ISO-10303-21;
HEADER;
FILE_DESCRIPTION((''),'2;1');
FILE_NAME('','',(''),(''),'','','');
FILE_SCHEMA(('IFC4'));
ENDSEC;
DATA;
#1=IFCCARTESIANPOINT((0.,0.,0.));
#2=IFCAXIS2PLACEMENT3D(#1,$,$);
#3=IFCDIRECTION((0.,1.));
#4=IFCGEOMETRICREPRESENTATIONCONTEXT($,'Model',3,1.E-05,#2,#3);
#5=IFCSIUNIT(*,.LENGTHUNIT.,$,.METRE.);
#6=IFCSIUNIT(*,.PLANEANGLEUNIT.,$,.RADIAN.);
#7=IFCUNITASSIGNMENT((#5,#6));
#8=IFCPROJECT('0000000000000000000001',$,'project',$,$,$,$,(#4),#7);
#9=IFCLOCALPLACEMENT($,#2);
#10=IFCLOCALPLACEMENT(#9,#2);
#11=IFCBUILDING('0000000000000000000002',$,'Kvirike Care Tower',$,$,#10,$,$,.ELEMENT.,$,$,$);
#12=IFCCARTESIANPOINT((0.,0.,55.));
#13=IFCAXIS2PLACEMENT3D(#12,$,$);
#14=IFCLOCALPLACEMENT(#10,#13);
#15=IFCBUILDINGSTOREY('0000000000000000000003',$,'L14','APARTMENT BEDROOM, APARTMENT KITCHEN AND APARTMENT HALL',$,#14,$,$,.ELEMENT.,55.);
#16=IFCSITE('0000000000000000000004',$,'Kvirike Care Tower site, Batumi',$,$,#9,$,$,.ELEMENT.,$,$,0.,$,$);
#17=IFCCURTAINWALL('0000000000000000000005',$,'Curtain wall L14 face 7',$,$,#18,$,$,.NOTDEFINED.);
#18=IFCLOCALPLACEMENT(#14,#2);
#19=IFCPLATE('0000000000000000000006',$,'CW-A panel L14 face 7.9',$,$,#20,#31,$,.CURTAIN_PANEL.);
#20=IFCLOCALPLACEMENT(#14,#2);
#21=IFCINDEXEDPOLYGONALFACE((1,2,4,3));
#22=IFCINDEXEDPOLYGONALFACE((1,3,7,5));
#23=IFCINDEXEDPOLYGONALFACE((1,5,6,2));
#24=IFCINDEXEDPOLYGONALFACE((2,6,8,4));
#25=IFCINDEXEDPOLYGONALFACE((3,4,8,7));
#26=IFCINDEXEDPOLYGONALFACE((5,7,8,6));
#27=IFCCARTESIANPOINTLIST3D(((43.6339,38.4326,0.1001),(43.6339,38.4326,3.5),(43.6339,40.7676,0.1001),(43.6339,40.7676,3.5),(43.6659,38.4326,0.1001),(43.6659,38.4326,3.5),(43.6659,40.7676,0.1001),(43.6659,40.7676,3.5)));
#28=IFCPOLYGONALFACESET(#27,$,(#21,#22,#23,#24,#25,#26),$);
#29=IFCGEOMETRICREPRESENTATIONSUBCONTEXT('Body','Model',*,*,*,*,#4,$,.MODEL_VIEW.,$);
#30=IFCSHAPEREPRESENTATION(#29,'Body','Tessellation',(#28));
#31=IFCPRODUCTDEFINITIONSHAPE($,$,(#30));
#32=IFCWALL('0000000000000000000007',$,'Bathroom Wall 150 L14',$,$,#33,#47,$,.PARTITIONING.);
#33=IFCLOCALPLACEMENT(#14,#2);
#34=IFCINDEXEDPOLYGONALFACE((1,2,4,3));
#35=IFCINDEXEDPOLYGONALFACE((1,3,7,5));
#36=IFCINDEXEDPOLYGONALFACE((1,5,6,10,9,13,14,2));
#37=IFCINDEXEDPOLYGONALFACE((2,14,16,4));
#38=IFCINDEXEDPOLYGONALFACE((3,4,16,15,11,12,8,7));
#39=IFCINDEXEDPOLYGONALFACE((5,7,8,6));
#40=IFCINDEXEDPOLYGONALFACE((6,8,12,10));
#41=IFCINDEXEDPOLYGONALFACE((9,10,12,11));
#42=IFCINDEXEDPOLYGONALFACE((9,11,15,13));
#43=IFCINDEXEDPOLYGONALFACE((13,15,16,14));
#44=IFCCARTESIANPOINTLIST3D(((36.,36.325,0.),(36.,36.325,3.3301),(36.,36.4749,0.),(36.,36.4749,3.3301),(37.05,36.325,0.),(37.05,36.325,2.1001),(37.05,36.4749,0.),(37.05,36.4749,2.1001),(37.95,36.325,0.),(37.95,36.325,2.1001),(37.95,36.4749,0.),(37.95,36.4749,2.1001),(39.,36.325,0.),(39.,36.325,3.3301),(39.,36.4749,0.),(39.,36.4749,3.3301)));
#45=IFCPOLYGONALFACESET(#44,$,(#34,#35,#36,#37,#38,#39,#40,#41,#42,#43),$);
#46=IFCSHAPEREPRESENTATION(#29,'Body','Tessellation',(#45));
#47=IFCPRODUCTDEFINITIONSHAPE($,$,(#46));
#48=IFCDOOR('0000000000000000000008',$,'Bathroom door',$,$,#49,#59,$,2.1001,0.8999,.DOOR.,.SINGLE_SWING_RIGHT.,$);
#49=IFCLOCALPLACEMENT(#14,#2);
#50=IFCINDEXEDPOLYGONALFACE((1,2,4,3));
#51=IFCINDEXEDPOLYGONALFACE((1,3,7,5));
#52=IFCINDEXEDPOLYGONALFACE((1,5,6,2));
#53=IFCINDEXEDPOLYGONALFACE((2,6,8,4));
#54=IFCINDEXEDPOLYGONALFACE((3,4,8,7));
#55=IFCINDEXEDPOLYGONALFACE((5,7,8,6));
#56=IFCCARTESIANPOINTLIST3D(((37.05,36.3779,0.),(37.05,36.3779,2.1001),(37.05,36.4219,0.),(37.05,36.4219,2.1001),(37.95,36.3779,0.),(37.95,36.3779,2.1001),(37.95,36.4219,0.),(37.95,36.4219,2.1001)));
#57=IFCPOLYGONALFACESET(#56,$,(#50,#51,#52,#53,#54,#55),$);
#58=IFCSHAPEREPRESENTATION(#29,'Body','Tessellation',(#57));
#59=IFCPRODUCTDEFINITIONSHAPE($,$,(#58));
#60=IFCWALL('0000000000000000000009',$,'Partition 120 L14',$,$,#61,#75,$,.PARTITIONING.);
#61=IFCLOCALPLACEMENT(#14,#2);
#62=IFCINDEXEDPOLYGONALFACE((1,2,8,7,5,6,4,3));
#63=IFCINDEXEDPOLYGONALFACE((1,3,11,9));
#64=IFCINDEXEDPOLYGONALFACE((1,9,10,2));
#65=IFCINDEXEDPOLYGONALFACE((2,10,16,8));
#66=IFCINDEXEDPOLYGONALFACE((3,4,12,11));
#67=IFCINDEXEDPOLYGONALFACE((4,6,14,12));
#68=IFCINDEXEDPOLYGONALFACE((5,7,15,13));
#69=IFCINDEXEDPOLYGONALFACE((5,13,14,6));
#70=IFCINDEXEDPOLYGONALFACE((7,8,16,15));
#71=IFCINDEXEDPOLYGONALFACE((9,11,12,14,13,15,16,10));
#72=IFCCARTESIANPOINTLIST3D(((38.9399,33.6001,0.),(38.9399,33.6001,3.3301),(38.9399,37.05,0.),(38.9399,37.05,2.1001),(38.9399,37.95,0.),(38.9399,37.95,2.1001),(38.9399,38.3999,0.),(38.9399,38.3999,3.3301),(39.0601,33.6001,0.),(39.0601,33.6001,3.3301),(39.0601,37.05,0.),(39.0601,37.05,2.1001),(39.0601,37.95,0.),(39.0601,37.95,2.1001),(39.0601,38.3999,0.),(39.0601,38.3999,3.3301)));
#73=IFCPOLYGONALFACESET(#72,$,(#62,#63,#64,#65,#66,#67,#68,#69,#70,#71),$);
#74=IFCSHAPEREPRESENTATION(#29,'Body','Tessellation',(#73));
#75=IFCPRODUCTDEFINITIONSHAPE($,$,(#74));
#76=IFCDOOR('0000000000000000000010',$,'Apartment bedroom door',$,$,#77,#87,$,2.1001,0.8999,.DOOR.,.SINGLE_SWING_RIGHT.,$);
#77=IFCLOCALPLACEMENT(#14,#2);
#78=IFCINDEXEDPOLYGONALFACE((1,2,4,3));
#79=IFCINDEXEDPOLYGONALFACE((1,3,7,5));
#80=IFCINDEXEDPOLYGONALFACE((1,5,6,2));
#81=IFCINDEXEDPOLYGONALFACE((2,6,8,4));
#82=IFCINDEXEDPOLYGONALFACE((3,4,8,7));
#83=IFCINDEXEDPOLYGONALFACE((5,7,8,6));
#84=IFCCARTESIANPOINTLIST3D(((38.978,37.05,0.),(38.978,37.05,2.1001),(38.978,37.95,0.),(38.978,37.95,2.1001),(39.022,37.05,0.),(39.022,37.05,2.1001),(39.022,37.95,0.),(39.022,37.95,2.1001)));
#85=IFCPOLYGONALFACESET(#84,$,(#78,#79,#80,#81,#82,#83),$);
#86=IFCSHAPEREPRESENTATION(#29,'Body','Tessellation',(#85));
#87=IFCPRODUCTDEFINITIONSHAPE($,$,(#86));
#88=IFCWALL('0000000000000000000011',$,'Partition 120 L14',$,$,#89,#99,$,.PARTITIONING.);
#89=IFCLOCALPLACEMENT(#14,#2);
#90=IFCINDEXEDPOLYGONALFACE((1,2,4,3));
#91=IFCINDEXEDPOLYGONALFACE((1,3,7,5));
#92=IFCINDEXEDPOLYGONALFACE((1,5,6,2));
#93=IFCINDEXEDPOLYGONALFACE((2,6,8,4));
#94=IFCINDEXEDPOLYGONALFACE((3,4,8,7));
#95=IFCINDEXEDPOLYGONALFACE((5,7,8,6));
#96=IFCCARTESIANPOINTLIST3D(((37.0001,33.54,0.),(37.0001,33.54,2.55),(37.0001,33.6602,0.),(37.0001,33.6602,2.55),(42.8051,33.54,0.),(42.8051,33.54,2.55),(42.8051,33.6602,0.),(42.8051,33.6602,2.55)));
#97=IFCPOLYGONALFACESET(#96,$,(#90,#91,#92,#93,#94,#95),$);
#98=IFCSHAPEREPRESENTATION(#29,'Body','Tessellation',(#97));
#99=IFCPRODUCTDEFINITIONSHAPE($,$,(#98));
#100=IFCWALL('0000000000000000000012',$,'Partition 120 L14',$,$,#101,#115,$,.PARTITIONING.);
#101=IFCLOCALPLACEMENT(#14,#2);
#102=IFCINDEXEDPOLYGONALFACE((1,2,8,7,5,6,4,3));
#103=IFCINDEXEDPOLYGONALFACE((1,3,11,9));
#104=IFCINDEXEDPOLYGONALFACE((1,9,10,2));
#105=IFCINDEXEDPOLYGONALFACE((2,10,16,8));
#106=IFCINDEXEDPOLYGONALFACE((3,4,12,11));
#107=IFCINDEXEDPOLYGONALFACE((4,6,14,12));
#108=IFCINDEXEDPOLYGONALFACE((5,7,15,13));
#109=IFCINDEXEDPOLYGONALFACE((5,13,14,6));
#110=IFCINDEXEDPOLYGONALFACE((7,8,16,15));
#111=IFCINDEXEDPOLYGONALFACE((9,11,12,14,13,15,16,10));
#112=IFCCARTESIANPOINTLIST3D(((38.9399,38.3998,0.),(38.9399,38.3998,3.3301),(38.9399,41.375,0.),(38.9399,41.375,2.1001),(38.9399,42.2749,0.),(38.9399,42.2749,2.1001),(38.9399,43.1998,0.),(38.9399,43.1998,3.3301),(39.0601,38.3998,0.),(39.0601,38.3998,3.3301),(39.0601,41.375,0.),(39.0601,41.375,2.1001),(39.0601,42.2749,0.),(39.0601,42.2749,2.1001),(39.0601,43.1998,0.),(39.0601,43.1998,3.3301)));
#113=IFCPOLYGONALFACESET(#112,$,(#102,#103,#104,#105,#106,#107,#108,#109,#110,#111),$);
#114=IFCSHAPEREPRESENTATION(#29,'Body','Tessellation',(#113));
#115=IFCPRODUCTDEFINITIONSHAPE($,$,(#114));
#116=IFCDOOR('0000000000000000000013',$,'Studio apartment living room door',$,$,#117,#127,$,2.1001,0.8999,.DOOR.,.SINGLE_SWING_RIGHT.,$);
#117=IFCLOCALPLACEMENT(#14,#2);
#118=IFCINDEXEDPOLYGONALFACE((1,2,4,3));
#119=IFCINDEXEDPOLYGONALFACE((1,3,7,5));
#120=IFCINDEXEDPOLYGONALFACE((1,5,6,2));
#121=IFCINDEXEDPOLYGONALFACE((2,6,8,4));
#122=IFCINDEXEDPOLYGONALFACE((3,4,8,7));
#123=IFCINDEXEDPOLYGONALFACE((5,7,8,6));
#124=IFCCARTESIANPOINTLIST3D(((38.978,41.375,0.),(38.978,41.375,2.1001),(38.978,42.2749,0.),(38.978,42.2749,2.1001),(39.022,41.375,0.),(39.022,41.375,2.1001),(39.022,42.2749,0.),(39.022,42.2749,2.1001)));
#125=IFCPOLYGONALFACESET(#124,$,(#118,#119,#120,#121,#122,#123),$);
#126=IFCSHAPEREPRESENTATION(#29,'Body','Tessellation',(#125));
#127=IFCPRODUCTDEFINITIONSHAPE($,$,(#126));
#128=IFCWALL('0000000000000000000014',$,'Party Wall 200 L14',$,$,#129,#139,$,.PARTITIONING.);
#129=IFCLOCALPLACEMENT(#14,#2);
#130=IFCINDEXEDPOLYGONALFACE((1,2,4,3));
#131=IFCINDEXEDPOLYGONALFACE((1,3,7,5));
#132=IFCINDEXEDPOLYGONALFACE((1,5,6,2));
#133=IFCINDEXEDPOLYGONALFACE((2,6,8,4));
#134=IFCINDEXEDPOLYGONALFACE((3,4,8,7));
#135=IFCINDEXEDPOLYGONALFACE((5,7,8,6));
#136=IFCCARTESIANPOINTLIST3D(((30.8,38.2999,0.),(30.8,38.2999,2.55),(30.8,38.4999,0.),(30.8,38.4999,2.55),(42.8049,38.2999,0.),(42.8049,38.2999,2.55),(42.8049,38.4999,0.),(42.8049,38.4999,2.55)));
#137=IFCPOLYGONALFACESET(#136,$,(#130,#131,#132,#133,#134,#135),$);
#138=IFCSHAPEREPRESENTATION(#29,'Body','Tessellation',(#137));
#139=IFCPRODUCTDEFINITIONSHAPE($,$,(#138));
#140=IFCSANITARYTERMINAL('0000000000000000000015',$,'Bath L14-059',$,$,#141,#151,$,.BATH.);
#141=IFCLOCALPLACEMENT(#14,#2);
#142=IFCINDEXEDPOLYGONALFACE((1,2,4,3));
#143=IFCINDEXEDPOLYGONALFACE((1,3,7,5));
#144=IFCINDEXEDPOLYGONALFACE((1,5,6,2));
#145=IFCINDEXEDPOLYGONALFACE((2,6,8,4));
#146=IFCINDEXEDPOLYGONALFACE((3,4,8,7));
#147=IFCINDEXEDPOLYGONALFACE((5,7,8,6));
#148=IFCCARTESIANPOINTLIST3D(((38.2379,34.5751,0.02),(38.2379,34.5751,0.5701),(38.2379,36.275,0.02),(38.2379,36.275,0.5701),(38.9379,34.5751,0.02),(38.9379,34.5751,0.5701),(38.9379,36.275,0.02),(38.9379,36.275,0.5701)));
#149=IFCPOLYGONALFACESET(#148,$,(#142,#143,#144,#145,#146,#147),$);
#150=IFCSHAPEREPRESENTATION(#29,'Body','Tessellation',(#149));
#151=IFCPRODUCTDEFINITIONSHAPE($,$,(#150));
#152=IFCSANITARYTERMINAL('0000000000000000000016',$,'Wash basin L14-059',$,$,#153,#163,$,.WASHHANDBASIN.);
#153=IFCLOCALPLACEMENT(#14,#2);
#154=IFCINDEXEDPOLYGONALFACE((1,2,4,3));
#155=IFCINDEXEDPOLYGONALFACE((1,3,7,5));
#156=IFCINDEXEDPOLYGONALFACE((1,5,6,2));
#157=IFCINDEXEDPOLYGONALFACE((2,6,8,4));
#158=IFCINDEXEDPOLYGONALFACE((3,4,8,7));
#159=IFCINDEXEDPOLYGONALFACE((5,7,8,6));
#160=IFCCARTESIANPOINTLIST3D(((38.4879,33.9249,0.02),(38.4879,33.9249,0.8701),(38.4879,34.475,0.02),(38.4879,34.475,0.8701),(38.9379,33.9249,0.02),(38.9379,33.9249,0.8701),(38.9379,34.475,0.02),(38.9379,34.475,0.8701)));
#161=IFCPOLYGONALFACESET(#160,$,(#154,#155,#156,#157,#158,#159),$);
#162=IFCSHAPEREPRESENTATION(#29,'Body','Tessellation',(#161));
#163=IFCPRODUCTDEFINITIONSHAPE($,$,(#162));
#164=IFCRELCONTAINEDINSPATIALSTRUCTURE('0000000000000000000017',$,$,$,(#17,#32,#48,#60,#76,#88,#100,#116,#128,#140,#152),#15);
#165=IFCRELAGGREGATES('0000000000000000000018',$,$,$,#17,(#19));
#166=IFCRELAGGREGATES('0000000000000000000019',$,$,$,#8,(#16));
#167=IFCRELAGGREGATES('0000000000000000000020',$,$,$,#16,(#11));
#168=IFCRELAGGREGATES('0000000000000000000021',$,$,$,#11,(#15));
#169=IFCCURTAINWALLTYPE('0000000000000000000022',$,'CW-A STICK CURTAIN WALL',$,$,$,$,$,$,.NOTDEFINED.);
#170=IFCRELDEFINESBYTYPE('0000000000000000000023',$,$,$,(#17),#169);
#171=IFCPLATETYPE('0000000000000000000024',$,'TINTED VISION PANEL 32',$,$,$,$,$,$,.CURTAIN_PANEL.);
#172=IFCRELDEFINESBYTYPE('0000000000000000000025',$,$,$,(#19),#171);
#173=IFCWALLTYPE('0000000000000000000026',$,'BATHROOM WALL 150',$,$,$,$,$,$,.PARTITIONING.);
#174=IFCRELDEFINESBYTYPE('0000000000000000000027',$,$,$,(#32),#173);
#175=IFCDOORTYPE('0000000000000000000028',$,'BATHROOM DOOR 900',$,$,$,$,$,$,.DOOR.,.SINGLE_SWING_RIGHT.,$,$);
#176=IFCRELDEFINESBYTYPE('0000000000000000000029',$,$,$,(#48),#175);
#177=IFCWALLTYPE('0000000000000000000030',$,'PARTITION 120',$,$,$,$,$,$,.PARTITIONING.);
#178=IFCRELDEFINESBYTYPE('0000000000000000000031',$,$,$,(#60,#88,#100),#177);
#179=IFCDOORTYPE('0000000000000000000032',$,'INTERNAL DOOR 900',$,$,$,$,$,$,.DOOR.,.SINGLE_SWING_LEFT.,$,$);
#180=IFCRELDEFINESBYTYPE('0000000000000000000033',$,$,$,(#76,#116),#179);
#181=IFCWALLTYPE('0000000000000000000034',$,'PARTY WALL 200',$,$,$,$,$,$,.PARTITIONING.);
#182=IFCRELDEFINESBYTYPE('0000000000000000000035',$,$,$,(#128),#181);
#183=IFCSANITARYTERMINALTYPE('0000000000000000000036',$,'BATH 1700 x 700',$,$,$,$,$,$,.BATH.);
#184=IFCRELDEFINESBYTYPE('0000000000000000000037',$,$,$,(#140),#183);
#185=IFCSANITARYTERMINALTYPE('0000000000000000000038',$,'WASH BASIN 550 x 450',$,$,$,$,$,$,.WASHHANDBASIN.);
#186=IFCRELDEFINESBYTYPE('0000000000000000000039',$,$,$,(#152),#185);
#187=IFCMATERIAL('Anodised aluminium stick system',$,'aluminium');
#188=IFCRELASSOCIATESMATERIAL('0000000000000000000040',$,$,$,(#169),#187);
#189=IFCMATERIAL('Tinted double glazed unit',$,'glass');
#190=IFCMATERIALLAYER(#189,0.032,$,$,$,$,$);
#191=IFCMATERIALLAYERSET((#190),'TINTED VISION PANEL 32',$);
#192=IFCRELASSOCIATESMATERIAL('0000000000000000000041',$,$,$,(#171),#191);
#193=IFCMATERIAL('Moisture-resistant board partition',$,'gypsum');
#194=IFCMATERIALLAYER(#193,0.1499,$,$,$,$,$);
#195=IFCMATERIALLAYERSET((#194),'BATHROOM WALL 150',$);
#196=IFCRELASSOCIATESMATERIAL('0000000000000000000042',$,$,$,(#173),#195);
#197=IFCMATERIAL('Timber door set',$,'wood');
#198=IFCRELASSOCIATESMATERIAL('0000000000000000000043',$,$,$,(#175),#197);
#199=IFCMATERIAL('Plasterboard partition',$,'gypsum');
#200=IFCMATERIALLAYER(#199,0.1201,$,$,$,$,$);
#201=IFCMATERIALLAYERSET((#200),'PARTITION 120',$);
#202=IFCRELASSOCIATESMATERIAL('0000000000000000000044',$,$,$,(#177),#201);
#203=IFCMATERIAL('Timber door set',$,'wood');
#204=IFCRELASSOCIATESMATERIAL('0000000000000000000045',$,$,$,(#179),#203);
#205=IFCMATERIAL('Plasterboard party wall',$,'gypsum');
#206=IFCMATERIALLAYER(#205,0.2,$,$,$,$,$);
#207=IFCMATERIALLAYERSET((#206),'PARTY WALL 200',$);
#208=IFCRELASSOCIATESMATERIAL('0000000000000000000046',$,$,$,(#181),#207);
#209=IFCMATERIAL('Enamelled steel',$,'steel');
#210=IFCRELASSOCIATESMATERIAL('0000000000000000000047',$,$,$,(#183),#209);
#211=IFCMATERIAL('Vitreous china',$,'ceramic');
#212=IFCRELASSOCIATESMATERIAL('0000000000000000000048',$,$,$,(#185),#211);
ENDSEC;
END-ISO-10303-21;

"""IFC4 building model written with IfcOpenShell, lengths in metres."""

from ifc_helpers import new_model, si_unit, direction, frame, frame_2d, origin, origin_2d, place, context, subcontext, project, spatial, rectangle, extrude, material, layer, layer_set, type_object, element, fill, aggregate, save


model = new_model("IFC4")

# Units and contexts
model_context = context("Model", 3, precision=1e-05, world=origin(), true_north=direction((0.0, 1.0)))
body_context = subcontext(model_context, "Body", "Model", "MODEL_VIEW")
ifc_project = project(units=[si_unit("LENGTHUNIT", "METRE"), si_unit("PLANEANGLEUNIT", "RADIAN")], contexts=[model_context])

# Site, building, storey
site_placement = place(None, origin())
site = spatial("IfcSite", under=ifc_project, at=site_placement, Name="Kvirike Care Tower site, Batumi", CompositionType="ELEMENT", RefElevation=0.0)
building_placement = place(site_placement, origin())
building = spatial("IfcBuilding", under=site, at=building_placement, Name="Kvirike Care Tower", CompositionType="ELEMENT")
storey_placement = place(building_placement, frame((0.0, 0.0, 55.0)))
storey = spatial("IfcBuildingStorey", under=building, at=storey_placement, Name="L14", Description="APARTMENT BEDROOM, APARTMENT KITCHEN AND APARTMENT HALL", CompositionType="ELEMENT", Elevation=55.0)

# Curtain wall
ifc_material_1 = material(Name="Anodised aluminium stick system", Category="aluminium")
curtain_wall_type = type_object("IfcCurtainWallType", Name="CW-A STICK CURTAIN WALL", PredefinedType="NOTDEFINED", material=ifc_material_1)
curtain_wall_placement = place(storey_placement, origin())
curtain_wall = element("IfcCurtainWall", 1, at=curtain_wall_placement, inside=storey, type_object=curtain_wall_type, Name="Curtain wall L14 face 7", PredefinedType="NOTDEFINED")

# Plate
ifc_material_2 = material(Name="Tinted double glazed unit", Category="glass")
ifc_layer_1 = layer(ifc_material_2, 0.032)
ifc_layer_set_1 = layer_set([ifc_layer_1], Name="TINTED VISION PANEL 32")
plate_type = type_object("IfcPlateType", Name="TINTED VISION PANEL 32", PredefinedType="CURTAIN_PANEL", material=ifc_layer_set_1)
plate_1_placement = place(storey_placement, frame((43.6499, 39.6001, 0.1001), z_axis=(0.0, 0.0, 1.0), x_axis=(0.0, 1.0, 0.0)))
plate_1 = element("IfcPlate", 2, at=plate_1_placement, type_object=plate_type, Name="CW-A panel L14 face 7.9", PredefinedType="CURTAIN_PANEL", context=body_context, shape_type="SweptSolid", body=[
    extrude(rectangle(XDim=2.335, YDim=0.032, at=origin_2d()), origin(), (0.0, 0.0, 1.0), 3.3999),
])
aggregate(curtain_wall, [plate_1])

# Walls, openings, doors
ifc_material_3 = material(Name="Moisture-resistant board partition", Category="gypsum")
ifc_layer_2 = layer(ifc_material_3, 0.1499)
ifc_layer_set_2 = layer_set([ifc_layer_2], Name="BATHROOM WALL 150")
wall_type_1 = type_object("IfcWallType", Name="BATHROOM WALL 150", PredefinedType="PARTITIONING", material=ifc_layer_set_2)
wall_1_placement = place(storey_placement, frame((39.0, 36.3999, 0.0), z_axis=(0.0, 0.0, 1.0), x_axis=(-1.0, 0.0, 0.0)))
wall_1 = element("IfcWall", 3, at=wall_1_placement, inside=storey, type_object=wall_type_1, Name="Bathroom Wall 150 L14", PredefinedType="PARTITIONING", context=body_context, shape_type="SweptSolid", body=[
    extrude(rectangle(XDim=3.0, YDim=0.1499, at=frame_2d((1.5, 0.0))), origin(), (0.0, 0.0, 1.0), 3.3301),
])
opening_1_placement = place(wall_1_placement, frame((1.05, 0.0, 0.0)))
opening_1 = element("IfcOpeningElement", 4, at=opening_1_placement, cuts=wall_1, PredefinedType="OPENING", context=body_context, shape_type="SweptSolid", body=[
    extrude(rectangle(XDim=0.8999, YDim=2.1001, at=frame_2d((0.45, 1.05))), frame((0.0, 0.0854, 0.0), z_axis=(0.0, -1.0, 0.0), x_axis=(1.0, 0.0, 0.0)), (0.0, 0.0, 1.0), 0.1709),
])
ifc_material_4 = material(Name="Timber door set", Category="wood")
door_type_1 = type_object("IfcDoorType", Name="BATHROOM DOOR 900", OperationType="SINGLE_SWING_RIGHT", PredefinedType="DOOR", material=ifc_material_4)
door_1_placement = place(opening_1_placement, origin())
door_1 = element("IfcDoor", 5, at=door_1_placement, inside=storey, type_object=door_type_1, Name="Bathroom door", OperationType="SINGLE_SWING_RIGHT", OverallHeight=2.1001, OverallWidth=0.8999, PredefinedType="DOOR", context=body_context, shape_type="SweptSolid", body=[
    extrude(rectangle(XDim=0.8999, YDim=2.1001, at=frame_2d((0.45, 1.05))), frame((0.0, 0.022, 0.0), z_axis=(0.0, -1.0, 0.0), x_axis=(1.0, 0.0, 0.0)), (0.0, 0.0, 1.0), 0.0439),
])
fill(opening_1, door_1)
ifc_material_5 = material(Name="Plasterboard partition", Category="gypsum")
ifc_layer_3 = layer(ifc_material_5, 0.1201)
ifc_layer_set_3 = layer_set([ifc_layer_3], Name="PARTITION 120")
wall_type_2 = type_object("IfcWallType", Name="PARTITION 120", PredefinedType="PARTITIONING", material=ifc_layer_set_3)
wall_2_placement = place(storey_placement, frame((39.0, 33.6001, 0.0), z_axis=(0.0, 0.0, 1.0), x_axis=(0.0, 1.0, 0.0)))
wall_2 = element("IfcWall", 6, at=wall_2_placement, inside=storey, type_object=wall_type_2, Name="Partition 120 L14", PredefinedType="PARTITIONING", context=body_context, shape_type="SweptSolid", body=[
    extrude(rectangle(XDim=4.7998, YDim=0.1201, at=frame_2d((2.3999, 0.0))), origin(), (0.0, 0.0, 1.0), 3.3301),
])
opening_2_placement = place(wall_2_placement, frame((3.45, 0.0, 0.0)))
opening_2 = element("IfcOpeningElement", 7, at=opening_2_placement, cuts=wall_2, PredefinedType="OPENING", context=body_context, shape_type="SweptSolid", body=[
    extrude(rectangle(XDim=0.8999, YDim=2.1001, at=frame_2d((0.45, 1.05))), frame((0.0, 0.0706, 0.0), z_axis=(0.0, -1.0, 0.0), x_axis=(1.0, 0.0, 0.0)), (0.0, 0.0, 1.0), 0.1411),
])
ifc_material_6 = material(Name="Timber door set", Category="wood")
door_type_2 = type_object("IfcDoorType", Name="INTERNAL DOOR 900", OperationType="SINGLE_SWING_LEFT", PredefinedType="DOOR", material=ifc_material_6)
door_2_placement = place(opening_2_placement, frame((0.8999, 0.0, 0.0), z_axis=(0.0, 0.0, 1.0), x_axis=(-1.0, 0.0, 0.0)))
door_2 = element("IfcDoor", 8, at=door_2_placement, inside=storey, type_object=door_type_2, Name="Apartment bedroom door", OperationType="SINGLE_SWING_RIGHT", OverallHeight=2.1001, OverallWidth=0.8999, PredefinedType="DOOR", context=body_context, shape_type="SweptSolid", body=[
    extrude(rectangle(XDim=0.8999, YDim=2.1001, at=frame_2d((0.45, 1.05))), frame((0.0, 0.022, 0.0), z_axis=(0.0, -1.0, 0.0), x_axis=(1.0, 0.0, 0.0)), (0.0, 0.0, 1.0), 0.0439),
])
fill(opening_2, door_2)

# Wall
wall_3_placement = place(storey_placement, frame((42.8049, 33.6001, 0.0), z_axis=(0.0, 0.0, 1.0), x_axis=(-1.0, 0.0, 0.0)))
element("IfcWall", 9, at=wall_3_placement, inside=storey, type_object=wall_type_2, Name="Partition 120 L14", PredefinedType="PARTITIONING", context=body_context, shape_type="SweptSolid", body=[
    extrude(rectangle(XDim=5.8049, YDim=0.1201, at=frame_2d((2.9023, 0.0))), origin(), (0.0, 0.0, 1.0), 2.55),
])

# Wall, opening, door
wall_4_placement = place(storey_placement, frame((39.0, 38.3999, 0.0), z_axis=(0.0, 0.0, 1.0), x_axis=(0.0, 1.0, 0.0)))
wall_4 = element("IfcWall", 10, at=wall_4_placement, inside=storey, type_object=wall_type_2, Name="Partition 120 L14", PredefinedType="PARTITIONING", context=body_context, shape_type="SweptSolid", body=[
    extrude(rectangle(XDim=4.8, YDim=0.1201, at=frame_2d((2.3999, 0.0))), origin(), (0.0, 0.0, 1.0), 3.3301),
])
opening_3_placement = place(wall_4_placement, frame((2.9751, 0.0, 0.0)))
opening_3 = element("IfcOpeningElement", 11, at=opening_3_placement, cuts=wall_4, PredefinedType="OPENING", context=body_context, shape_type="SweptSolid", body=[
    extrude(rectangle(XDim=0.8999, YDim=2.1001, at=frame_2d((0.45, 1.05))), frame((0.0, 0.0706, 0.0), z_axis=(0.0, -1.0, 0.0), x_axis=(1.0, 0.0, 0.0)), (0.0, 0.0, 1.0), 0.1411),
])
door_3_placement = place(opening_3_placement, frame((0.8999, 0.0, 0.0), z_axis=(0.0, 0.0, 1.0), x_axis=(-1.0, 0.0, 0.0)))
door_3 = element("IfcDoor", 12, at=door_3_placement, inside=storey, type_object=door_type_2, Name="Studio apartment living room door", OperationType="SINGLE_SWING_RIGHT", OverallHeight=2.1001, OverallWidth=0.8999, PredefinedType="DOOR", context=body_context, shape_type="SweptSolid", body=[
    extrude(rectangle(XDim=0.8999, YDim=2.1001, at=frame_2d((0.45, 1.05))), frame((0.0, 0.022, 0.0), z_axis=(0.0, -1.0, 0.0), x_axis=(1.0, 0.0, 0.0)), (0.0, 0.0, 1.0), 0.0439),
])
fill(opening_3, door_3)

# Wall
ifc_material_7 = material(Name="Plasterboard party wall", Category="gypsum")
ifc_layer_4 = layer(ifc_material_7, 0.2)
ifc_layer_set_4 = layer_set([ifc_layer_4], Name="PARTY WALL 200")
wall_type_3 = type_object("IfcWallType", Name="PARTY WALL 200", PredefinedType="PARTITIONING", material=ifc_layer_set_4)
wall_5_placement = place(storey_placement, frame((42.8049, 38.3999, 0.0), z_axis=(0.0, 0.0, 1.0), x_axis=(-1.0, 0.0, 0.0)))
element("IfcWall", 13, at=wall_5_placement, inside=storey, type_object=wall_type_3, Name="Party Wall 200 L14", PredefinedType="PARTITIONING", context=body_context, shape_type="SweptSolid", body=[
    extrude(rectangle(XDim=12.0049, YDim=0.2, at=frame_2d((6.0024, 0.0))), origin(), (0.0, 0.0, 1.0), 2.55),
])

# Sanitary terminals
ifc_material_8 = material(Name="Enamelled steel", Category="steel")
sanitary_terminal_type_1 = type_object("IfcSanitaryTerminalType", Name="BATH 1700 x 700", PredefinedType="BATH", material=ifc_material_8)
sanitary_terminal_1_placement = place(storey_placement, frame((38.5879, 35.425, 0.02), z_axis=(0.0, 0.0, 1.0), x_axis=(0.0, -1.0, 0.0)))
element("IfcSanitaryTerminal", 14, at=sanitary_terminal_1_placement, inside=storey, type_object=sanitary_terminal_type_1, Name="Bath L14-059", PredefinedType="BATH", context=body_context, shape_type="SweptSolid", body=[
    extrude(rectangle(XDim=1.7, YDim=0.7, at=origin_2d()), origin(), (0.0, 0.0, 1.0), 0.55),
])
ifc_material_9 = material(Name="Vitreous china", Category="ceramic")
sanitary_terminal_type_2 = type_object("IfcSanitaryTerminalType", Name="WASH BASIN 550 x 450", PredefinedType="WASHHANDBASIN", material=ifc_material_9)
sanitary_terminal_2_placement = place(storey_placement, frame((38.7129, 34.2, 0.02), z_axis=(0.0, 0.0, 1.0), x_axis=(0.0, -1.0, 0.0)))
element("IfcSanitaryTerminal", 15, at=sanitary_terminal_2_placement, inside=storey, type_object=sanitary_terminal_type_2, Name="Wash basin L14-059", PredefinedType="WASHHANDBASIN", context=body_context, shape_type="SweptSolid", body=[
    extrude(rectangle(XDim=0.55, YDim=0.45, at=origin_2d()), origin(), (0.0, 0.0, 1.0), 0.8501),
])

save(model, "model.ifc")
